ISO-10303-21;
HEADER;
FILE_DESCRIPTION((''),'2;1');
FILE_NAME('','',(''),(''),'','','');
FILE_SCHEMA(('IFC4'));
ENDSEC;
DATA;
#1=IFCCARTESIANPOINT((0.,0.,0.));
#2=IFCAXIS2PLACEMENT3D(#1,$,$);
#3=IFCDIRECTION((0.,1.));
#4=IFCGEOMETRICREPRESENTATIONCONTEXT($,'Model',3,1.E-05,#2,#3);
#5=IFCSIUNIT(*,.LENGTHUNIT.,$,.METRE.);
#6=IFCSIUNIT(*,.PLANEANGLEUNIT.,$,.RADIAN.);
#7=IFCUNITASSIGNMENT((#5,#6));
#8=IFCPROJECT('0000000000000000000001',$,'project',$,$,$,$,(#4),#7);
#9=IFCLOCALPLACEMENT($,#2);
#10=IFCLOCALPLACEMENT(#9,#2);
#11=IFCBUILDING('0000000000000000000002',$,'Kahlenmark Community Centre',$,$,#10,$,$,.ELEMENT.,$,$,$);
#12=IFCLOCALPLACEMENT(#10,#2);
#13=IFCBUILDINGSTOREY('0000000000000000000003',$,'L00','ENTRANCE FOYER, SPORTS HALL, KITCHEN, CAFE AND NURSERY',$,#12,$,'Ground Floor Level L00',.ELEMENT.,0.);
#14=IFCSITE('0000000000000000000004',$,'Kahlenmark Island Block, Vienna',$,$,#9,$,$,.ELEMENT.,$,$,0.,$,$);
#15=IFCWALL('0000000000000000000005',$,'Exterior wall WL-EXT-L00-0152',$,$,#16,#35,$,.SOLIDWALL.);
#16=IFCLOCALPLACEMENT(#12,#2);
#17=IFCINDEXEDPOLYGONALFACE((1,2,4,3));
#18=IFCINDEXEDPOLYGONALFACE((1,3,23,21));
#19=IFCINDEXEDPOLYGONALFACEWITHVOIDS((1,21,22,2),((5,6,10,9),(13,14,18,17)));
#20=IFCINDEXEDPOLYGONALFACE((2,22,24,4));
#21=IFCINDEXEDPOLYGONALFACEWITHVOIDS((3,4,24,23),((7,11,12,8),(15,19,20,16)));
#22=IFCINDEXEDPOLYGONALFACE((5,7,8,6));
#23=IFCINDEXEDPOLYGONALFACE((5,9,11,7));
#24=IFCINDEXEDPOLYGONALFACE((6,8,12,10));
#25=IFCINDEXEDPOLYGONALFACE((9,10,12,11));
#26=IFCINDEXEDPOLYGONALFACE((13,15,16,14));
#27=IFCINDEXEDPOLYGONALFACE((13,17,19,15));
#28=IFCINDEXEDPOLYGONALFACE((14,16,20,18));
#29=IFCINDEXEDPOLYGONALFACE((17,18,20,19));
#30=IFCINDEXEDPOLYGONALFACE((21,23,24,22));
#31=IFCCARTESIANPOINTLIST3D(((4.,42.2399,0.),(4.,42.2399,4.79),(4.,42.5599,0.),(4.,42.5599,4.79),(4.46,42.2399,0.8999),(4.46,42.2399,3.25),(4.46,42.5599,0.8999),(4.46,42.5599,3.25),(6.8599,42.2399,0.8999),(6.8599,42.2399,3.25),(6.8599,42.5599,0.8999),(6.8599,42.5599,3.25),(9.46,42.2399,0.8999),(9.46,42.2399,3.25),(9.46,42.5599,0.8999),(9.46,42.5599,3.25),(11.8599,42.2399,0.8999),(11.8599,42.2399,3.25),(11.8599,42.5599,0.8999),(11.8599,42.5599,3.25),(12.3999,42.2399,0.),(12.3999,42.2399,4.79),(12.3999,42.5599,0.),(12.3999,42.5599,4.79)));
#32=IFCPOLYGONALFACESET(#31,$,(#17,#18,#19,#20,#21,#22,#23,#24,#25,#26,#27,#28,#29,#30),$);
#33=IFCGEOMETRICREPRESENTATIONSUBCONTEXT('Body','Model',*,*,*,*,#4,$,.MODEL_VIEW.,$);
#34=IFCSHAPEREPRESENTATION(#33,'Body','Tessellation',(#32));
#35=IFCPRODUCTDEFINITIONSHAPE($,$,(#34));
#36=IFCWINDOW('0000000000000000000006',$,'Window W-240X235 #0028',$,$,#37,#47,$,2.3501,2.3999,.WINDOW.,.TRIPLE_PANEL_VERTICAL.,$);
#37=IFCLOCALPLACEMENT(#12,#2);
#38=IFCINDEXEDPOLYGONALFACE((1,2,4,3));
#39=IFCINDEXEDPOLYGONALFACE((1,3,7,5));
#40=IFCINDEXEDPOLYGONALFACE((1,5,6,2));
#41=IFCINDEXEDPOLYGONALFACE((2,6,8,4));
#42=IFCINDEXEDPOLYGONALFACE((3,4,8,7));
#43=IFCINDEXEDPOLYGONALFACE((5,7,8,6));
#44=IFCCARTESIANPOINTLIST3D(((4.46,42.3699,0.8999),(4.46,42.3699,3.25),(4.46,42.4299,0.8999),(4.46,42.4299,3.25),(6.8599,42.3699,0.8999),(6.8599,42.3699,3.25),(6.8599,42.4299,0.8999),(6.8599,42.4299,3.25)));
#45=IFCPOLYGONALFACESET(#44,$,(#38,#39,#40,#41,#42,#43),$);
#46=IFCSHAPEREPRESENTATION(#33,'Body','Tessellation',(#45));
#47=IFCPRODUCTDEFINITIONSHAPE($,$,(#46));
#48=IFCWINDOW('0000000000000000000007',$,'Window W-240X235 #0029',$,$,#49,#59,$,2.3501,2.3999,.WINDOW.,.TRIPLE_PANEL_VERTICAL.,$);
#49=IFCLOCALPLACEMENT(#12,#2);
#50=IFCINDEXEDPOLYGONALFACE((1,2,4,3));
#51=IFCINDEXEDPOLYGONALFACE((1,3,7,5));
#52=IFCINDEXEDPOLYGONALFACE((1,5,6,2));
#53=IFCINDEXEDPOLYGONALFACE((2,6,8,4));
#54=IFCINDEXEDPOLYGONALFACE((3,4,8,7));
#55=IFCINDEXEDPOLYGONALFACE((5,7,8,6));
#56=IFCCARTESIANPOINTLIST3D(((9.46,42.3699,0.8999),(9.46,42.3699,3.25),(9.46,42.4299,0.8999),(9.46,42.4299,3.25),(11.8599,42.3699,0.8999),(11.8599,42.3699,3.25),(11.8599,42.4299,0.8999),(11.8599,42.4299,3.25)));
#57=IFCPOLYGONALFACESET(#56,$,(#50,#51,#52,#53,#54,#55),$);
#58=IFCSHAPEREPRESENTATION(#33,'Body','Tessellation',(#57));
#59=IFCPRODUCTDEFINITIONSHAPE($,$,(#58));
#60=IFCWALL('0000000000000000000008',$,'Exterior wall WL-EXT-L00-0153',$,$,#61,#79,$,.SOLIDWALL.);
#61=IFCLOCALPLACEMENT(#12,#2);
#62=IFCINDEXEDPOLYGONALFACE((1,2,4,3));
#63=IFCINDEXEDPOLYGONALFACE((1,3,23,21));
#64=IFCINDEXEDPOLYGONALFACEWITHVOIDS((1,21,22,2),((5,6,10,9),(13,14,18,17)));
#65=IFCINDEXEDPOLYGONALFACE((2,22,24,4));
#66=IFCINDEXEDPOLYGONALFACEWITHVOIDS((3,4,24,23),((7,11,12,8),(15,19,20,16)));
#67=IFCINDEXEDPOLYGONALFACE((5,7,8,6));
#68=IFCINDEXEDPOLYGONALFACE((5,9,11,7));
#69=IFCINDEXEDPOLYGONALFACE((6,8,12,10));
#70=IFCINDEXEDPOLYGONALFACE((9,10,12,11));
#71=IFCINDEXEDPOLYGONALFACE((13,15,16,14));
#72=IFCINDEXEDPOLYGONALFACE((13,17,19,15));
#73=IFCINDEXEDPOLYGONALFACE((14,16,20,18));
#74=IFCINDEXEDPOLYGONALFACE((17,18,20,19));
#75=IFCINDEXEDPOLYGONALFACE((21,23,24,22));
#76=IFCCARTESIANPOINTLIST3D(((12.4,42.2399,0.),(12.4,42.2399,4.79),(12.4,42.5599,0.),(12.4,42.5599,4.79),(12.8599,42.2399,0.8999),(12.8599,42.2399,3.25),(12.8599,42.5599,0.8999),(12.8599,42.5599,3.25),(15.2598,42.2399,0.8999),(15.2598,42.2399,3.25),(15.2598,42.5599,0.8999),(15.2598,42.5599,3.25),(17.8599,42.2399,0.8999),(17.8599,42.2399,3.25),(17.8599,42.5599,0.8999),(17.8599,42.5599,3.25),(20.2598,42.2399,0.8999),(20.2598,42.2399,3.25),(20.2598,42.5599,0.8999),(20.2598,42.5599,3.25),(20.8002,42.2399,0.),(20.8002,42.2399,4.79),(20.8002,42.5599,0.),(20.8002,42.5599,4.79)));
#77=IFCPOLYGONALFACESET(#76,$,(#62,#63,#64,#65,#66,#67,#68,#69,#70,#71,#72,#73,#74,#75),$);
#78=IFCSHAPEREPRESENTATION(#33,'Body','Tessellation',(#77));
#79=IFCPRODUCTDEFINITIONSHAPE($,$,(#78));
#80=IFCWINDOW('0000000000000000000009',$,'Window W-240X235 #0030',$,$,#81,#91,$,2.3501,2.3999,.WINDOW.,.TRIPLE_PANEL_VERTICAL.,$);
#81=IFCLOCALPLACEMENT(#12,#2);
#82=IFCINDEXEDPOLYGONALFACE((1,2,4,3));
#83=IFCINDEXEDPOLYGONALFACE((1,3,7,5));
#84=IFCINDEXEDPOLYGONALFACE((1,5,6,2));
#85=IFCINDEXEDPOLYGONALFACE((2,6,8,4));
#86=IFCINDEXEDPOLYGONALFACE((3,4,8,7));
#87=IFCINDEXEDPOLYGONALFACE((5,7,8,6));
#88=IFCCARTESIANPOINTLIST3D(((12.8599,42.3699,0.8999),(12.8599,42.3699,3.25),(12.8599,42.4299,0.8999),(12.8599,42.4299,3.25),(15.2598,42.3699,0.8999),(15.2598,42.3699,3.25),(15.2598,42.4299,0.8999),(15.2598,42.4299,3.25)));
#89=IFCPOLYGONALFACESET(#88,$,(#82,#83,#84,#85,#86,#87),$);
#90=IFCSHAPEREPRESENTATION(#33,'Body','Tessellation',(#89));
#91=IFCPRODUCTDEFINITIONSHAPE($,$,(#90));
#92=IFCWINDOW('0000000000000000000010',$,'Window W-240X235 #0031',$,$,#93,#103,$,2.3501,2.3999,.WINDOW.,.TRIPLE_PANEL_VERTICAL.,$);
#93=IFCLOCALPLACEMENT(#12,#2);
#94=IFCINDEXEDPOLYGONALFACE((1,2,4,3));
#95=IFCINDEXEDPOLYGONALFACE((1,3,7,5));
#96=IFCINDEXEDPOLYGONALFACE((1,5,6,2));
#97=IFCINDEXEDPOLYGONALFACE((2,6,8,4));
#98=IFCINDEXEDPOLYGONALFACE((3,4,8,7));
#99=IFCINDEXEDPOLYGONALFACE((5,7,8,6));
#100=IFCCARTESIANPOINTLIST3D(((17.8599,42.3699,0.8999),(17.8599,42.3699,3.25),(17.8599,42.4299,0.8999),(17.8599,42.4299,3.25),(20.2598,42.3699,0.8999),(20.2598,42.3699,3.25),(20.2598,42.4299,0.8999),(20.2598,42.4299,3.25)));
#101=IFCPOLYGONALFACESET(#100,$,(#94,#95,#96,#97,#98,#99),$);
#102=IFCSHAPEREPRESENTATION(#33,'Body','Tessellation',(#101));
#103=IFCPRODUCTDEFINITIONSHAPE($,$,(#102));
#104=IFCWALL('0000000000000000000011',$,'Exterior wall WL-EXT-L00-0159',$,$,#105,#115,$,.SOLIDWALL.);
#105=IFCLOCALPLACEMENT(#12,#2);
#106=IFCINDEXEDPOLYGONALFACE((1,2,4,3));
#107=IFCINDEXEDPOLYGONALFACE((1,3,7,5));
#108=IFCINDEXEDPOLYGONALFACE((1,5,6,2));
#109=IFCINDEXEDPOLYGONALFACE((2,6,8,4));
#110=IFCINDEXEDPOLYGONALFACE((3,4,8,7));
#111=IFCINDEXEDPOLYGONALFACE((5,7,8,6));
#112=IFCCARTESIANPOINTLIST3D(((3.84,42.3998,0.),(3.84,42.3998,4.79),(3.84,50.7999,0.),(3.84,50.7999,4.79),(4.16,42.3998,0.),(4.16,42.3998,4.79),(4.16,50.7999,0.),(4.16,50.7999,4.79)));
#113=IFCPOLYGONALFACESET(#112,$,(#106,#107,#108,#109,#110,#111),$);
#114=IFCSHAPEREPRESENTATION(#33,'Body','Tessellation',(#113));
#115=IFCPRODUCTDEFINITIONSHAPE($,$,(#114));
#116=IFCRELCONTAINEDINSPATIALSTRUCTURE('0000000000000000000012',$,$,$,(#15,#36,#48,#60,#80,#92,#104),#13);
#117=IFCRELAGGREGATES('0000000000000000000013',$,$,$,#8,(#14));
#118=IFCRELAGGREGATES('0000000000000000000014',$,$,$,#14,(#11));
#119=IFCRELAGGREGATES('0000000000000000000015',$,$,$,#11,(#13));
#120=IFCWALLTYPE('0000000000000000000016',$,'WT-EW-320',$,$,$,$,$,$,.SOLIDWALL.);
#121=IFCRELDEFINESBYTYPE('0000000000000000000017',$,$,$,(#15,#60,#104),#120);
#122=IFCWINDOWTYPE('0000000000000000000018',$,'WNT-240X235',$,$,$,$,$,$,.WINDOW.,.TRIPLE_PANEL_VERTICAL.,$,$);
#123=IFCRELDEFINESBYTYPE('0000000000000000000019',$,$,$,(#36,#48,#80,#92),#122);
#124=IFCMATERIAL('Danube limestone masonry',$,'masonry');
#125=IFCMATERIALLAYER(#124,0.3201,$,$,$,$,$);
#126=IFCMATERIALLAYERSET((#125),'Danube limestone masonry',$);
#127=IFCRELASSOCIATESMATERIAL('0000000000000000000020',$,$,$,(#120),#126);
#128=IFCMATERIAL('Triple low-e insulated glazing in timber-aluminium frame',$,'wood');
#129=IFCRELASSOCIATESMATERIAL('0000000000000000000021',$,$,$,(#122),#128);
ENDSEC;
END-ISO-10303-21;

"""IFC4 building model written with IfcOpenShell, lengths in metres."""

from ifc_helpers import new_model, si_unit, direction, frame, frame_2d, origin, place, context, subcontext, project, spatial, rectangle, extrude, material, layer, layer_set, type_object, element, fill, save


model = new_model("IFC4")

# Units and contexts
model_context = context("Model", 3, precision=1e-05, world=origin(), true_north=direction((0.0, 1.0)))
body_context = subcontext(model_context, "Body", "Model", "MODEL_VIEW")
ifc_project = project(units=[si_unit("LENGTHUNIT", "METRE"), si_unit("PLANEANGLEUNIT", "RADIAN")], contexts=[model_context])

# Site, building, storey
site_placement = place(None, origin())
site = spatial("IfcSite", under=ifc_project, at=site_placement, Name="Kahlenmark Island Block, Vienna", CompositionType="ELEMENT", RefElevation=0.0)
building_placement = place(site_placement, origin())
building = spatial("IfcBuilding", under=site, at=building_placement, Name="Kahlenmark Community Centre", CompositionType="ELEMENT")
storey_placement = place(building_placement, origin())
storey = spatial("IfcBuildingStorey", under=building, at=storey_placement, Name="L00", Description="ENTRANCE FOYER, SPORTS HALL, KITCHEN, CAFE AND NURSERY", LongName="Ground Floor Level L00", CompositionType="ELEMENT", Elevation=0.0)

# Walls, openings, windows
ifc_material_1 = material(Name="Danube limestone masonry", Category="masonry")
ifc_layer_1 = layer(ifc_material_1, 0.3201)
ifc_layer_set_1 = layer_set([ifc_layer_1], Name="Danube limestone masonry")
wall_type = type_object("IfcWallType", Name="WT-EW-320", PredefinedType="SOLIDWALL", material=ifc_layer_set_1)
wall_1_placement = place(storey_placement, frame((4.0, 42.3999, 0.0), z_axis=(0.0, 0.0, 1.0), x_axis=(1.0, 0.0, 0.0)))
wall_1 = element("IfcWall", 1, at=wall_1_placement, inside=storey, type_object=wall_type, Name="Exterior wall WL-EXT-L00-0152", PredefinedType="SOLIDWALL", context=body_context, shape_type="SweptSolid", body=[
    extrude(rectangle(XDim=8.3999, YDim=0.3201, at=frame_2d((4.2, 0.0))), origin(), (0.0, 0.0, 1.0), 4.79),
])
opening_1_placement = place(wall_1_placement, frame((0.46, 0.0, 0.8999)))
opening_1 = element("IfcOpeningElement", 2, at=opening_1_placement, cuts=wall_1, PredefinedType="OPENING", context=body_context, shape_type="SweptSolid", body=[
    extrude(rectangle(XDim=2.3999, YDim=2.3501, at=frame_2d((1.2, 1.175))), frame((0.0, 0.1699, 0.0), z_axis=(0.0, -1.0, 0.0), x_axis=(1.0, 0.0, 0.0)), (0.0, 0.0, 1.0), 0.3401),
])
opening_2_placement = place(wall_1_placement, frame((5.46, 0.0, 0.8999)))
opening_2 = element("IfcOpeningElement", 3, at=opening_2_placement, cuts=wall_1, PredefinedType="OPENING", context=body_context, shape_type="SweptSolid", body=[
    extrude(rectangle(XDim=2.3999, YDim=2.3501, at=frame_2d((1.2, 1.175))), frame((0.0, 0.1699, 0.0), z_axis=(0.0, -1.0, 0.0), x_axis=(1.0, 0.0, 0.0)), (0.0, 0.0, 1.0), 0.3401),
])
ifc_material_2 = material(Name="Triple low-e insulated glazing in timber-aluminium frame", Category="wood")
window_type = type_object("IfcWindowType", Name="WNT-240X235", PartitioningType="TRIPLE_PANEL_VERTICAL", PredefinedType="WINDOW", material=ifc_material_2)
window_1_placement = place(opening_1_placement, origin())
window_1 = element("IfcWindow", 4, at=window_1_placement, inside=storey, type_object=window_type, Name="Window W-240X235 #0028", OverallHeight=2.3501, OverallWidth=2.3999, PartitioningType="TRIPLE_PANEL_VERTICAL", PredefinedType="WINDOW", context=body_context, shape_type="SweptSolid", body=[
    extrude(rectangle(XDim=2.3999, YDim=2.3501, at=frame_2d((1.2, 1.175))), frame((0.0, 0.03, 0.0), z_axis=(0.0, -1.0, 0.0), x_axis=(1.0, 0.0, 0.0)), (0.0, 0.0, 1.0), 0.0601),
])
fill(opening_1, window_1)
window_2_placement = place(opening_2_placement, origin())
window_2 = element("IfcWindow", 5, at=window_2_placement, inside=storey, type_object=window_type, Name="Window W-240X235 #0029", OverallHeight=2.3501, OverallWidth=2.3999, PartitioningType="TRIPLE_PANEL_VERTICAL", PredefinedType="WINDOW", context=body_context, shape_type="SweptSolid", body=[
    extrude(rectangle(XDim=2.3999, YDim=2.3501, at=frame_2d((1.2, 1.175))), frame((0.0, 0.03, 0.0), z_axis=(0.0, -1.0, 0.0), x_axis=(1.0, 0.0, 0.0)), (0.0, 0.0, 1.0), 0.0601),
])
fill(opening_2, window_2)
wall_2_placement = place(storey_placement, frame((12.3999, 42.3999, 0.0), z_axis=(0.0, 0.0, 1.0), x_axis=(1.0, 0.0, 0.0)))
wall_2 = element("IfcWall", 6, at=wall_2_placement, inside=storey, type_object=wall_type, Name="Exterior wall WL-EXT-L00-0153", PredefinedType="SOLIDWALL", context=body_context, shape_type="SweptSolid", body=[
    extrude(rectangle(XDim=8.4001, YDim=0.3201, at=frame_2d((4.2002, 0.0))), origin(), (0.0, 0.0, 1.0), 4.79),
])
opening_3_placement = place(wall_2_placement, frame((0.46, 0.0, 0.8999)))
opening_3 = element("IfcOpeningElement", 7, at=opening_3_placement, cuts=wall_2, PredefinedType="OPENING", context=body_context, shape_type="SweptSolid", body=[
    extrude(rectangle(XDim=2.3999, YDim=2.3501, at=frame_2d((1.2, 1.175))), frame((0.0, 0.1699, 0.0), z_axis=(0.0, -1.0, 0.0), x_axis=(1.0, 0.0, 0.0)), (0.0, 0.0, 1.0), 0.3401),
])
opening_4_placement = place(wall_2_placement, frame((5.46, 0.0, 0.8999)))
opening_4 = element("IfcOpeningElement", 8, at=opening_4_placement, cuts=wall_2, PredefinedType="OPENING", context=body_context, shape_type="SweptSolid", body=[
    extrude(rectangle(XDim=2.3999, YDim=2.3501, at=frame_2d((1.2, 1.175))), frame((0.0, 0.1699, 0.0), z_axis=(0.0, -1.0, 0.0), x_axis=(1.0, 0.0, 0.0)), (0.0, 0.0, 1.0), 0.3401),
])
window_3_placement = place(opening_3_placement, origin())
window_3 = element("IfcWindow", 9, at=window_3_placement, inside=storey, type_object=window_type, Name="Window W-240X235 #0030", OverallHeight=2.3501, OverallWidth=2.3999, PartitioningType="TRIPLE_PANEL_VERTICAL", PredefinedType="WINDOW", context=body_context, shape_type="SweptSolid", body=[
    extrude(rectangle(XDim=2.3999, YDim=2.3501, at=frame_2d((1.2, 1.175))), frame((0.0, 0.03, 0.0), z_axis=(0.0, -1.0, 0.0), x_axis=(1.0, 0.0, 0.0)), (0.0, 0.0, 1.0), 0.0601),
])
fill(opening_3, window_3)
window_4_placement = place(opening_4_placement, origin())
window_4 = element("IfcWindow", 10, at=window_4_placement, inside=storey, type_object=window_type, Name="Window W-240X235 #0031", OverallHeight=2.3501, OverallWidth=2.3999, PartitioningType="TRIPLE_PANEL_VERTICAL", PredefinedType="WINDOW", context=body_context, shape_type="SweptSolid", body=[
    extrude(rectangle(XDim=2.3999, YDim=2.3501, at=frame_2d((1.2, 1.175))), frame((0.0, 0.03, 0.0), z_axis=(0.0, -1.0, 0.0), x_axis=(1.0, 0.0, 0.0)), (0.0, 0.0, 1.0), 0.0601),
])
fill(opening_4, window_4)

# Wall
wall_3_placement = place(storey_placement, frame((4.0, 50.8, 0.0), z_axis=(0.0, 0.0, 1.0), x_axis=(0.0, -1.0, 0.0)))
element("IfcWall", 11, at=wall_3_placement, inside=storey, type_object=wall_type, Name="Exterior wall WL-EXT-L00-0159", PredefinedType="SOLIDWALL", context=body_context, shape_type="SweptSolid", body=[
    extrude(rectangle(XDim=8.4001, YDim=0.3201, at=frame_2d((4.2002, 0.0))), origin(), (0.0, 0.0, 1.0), 4.79),
])

save(model, "model.ifc")
